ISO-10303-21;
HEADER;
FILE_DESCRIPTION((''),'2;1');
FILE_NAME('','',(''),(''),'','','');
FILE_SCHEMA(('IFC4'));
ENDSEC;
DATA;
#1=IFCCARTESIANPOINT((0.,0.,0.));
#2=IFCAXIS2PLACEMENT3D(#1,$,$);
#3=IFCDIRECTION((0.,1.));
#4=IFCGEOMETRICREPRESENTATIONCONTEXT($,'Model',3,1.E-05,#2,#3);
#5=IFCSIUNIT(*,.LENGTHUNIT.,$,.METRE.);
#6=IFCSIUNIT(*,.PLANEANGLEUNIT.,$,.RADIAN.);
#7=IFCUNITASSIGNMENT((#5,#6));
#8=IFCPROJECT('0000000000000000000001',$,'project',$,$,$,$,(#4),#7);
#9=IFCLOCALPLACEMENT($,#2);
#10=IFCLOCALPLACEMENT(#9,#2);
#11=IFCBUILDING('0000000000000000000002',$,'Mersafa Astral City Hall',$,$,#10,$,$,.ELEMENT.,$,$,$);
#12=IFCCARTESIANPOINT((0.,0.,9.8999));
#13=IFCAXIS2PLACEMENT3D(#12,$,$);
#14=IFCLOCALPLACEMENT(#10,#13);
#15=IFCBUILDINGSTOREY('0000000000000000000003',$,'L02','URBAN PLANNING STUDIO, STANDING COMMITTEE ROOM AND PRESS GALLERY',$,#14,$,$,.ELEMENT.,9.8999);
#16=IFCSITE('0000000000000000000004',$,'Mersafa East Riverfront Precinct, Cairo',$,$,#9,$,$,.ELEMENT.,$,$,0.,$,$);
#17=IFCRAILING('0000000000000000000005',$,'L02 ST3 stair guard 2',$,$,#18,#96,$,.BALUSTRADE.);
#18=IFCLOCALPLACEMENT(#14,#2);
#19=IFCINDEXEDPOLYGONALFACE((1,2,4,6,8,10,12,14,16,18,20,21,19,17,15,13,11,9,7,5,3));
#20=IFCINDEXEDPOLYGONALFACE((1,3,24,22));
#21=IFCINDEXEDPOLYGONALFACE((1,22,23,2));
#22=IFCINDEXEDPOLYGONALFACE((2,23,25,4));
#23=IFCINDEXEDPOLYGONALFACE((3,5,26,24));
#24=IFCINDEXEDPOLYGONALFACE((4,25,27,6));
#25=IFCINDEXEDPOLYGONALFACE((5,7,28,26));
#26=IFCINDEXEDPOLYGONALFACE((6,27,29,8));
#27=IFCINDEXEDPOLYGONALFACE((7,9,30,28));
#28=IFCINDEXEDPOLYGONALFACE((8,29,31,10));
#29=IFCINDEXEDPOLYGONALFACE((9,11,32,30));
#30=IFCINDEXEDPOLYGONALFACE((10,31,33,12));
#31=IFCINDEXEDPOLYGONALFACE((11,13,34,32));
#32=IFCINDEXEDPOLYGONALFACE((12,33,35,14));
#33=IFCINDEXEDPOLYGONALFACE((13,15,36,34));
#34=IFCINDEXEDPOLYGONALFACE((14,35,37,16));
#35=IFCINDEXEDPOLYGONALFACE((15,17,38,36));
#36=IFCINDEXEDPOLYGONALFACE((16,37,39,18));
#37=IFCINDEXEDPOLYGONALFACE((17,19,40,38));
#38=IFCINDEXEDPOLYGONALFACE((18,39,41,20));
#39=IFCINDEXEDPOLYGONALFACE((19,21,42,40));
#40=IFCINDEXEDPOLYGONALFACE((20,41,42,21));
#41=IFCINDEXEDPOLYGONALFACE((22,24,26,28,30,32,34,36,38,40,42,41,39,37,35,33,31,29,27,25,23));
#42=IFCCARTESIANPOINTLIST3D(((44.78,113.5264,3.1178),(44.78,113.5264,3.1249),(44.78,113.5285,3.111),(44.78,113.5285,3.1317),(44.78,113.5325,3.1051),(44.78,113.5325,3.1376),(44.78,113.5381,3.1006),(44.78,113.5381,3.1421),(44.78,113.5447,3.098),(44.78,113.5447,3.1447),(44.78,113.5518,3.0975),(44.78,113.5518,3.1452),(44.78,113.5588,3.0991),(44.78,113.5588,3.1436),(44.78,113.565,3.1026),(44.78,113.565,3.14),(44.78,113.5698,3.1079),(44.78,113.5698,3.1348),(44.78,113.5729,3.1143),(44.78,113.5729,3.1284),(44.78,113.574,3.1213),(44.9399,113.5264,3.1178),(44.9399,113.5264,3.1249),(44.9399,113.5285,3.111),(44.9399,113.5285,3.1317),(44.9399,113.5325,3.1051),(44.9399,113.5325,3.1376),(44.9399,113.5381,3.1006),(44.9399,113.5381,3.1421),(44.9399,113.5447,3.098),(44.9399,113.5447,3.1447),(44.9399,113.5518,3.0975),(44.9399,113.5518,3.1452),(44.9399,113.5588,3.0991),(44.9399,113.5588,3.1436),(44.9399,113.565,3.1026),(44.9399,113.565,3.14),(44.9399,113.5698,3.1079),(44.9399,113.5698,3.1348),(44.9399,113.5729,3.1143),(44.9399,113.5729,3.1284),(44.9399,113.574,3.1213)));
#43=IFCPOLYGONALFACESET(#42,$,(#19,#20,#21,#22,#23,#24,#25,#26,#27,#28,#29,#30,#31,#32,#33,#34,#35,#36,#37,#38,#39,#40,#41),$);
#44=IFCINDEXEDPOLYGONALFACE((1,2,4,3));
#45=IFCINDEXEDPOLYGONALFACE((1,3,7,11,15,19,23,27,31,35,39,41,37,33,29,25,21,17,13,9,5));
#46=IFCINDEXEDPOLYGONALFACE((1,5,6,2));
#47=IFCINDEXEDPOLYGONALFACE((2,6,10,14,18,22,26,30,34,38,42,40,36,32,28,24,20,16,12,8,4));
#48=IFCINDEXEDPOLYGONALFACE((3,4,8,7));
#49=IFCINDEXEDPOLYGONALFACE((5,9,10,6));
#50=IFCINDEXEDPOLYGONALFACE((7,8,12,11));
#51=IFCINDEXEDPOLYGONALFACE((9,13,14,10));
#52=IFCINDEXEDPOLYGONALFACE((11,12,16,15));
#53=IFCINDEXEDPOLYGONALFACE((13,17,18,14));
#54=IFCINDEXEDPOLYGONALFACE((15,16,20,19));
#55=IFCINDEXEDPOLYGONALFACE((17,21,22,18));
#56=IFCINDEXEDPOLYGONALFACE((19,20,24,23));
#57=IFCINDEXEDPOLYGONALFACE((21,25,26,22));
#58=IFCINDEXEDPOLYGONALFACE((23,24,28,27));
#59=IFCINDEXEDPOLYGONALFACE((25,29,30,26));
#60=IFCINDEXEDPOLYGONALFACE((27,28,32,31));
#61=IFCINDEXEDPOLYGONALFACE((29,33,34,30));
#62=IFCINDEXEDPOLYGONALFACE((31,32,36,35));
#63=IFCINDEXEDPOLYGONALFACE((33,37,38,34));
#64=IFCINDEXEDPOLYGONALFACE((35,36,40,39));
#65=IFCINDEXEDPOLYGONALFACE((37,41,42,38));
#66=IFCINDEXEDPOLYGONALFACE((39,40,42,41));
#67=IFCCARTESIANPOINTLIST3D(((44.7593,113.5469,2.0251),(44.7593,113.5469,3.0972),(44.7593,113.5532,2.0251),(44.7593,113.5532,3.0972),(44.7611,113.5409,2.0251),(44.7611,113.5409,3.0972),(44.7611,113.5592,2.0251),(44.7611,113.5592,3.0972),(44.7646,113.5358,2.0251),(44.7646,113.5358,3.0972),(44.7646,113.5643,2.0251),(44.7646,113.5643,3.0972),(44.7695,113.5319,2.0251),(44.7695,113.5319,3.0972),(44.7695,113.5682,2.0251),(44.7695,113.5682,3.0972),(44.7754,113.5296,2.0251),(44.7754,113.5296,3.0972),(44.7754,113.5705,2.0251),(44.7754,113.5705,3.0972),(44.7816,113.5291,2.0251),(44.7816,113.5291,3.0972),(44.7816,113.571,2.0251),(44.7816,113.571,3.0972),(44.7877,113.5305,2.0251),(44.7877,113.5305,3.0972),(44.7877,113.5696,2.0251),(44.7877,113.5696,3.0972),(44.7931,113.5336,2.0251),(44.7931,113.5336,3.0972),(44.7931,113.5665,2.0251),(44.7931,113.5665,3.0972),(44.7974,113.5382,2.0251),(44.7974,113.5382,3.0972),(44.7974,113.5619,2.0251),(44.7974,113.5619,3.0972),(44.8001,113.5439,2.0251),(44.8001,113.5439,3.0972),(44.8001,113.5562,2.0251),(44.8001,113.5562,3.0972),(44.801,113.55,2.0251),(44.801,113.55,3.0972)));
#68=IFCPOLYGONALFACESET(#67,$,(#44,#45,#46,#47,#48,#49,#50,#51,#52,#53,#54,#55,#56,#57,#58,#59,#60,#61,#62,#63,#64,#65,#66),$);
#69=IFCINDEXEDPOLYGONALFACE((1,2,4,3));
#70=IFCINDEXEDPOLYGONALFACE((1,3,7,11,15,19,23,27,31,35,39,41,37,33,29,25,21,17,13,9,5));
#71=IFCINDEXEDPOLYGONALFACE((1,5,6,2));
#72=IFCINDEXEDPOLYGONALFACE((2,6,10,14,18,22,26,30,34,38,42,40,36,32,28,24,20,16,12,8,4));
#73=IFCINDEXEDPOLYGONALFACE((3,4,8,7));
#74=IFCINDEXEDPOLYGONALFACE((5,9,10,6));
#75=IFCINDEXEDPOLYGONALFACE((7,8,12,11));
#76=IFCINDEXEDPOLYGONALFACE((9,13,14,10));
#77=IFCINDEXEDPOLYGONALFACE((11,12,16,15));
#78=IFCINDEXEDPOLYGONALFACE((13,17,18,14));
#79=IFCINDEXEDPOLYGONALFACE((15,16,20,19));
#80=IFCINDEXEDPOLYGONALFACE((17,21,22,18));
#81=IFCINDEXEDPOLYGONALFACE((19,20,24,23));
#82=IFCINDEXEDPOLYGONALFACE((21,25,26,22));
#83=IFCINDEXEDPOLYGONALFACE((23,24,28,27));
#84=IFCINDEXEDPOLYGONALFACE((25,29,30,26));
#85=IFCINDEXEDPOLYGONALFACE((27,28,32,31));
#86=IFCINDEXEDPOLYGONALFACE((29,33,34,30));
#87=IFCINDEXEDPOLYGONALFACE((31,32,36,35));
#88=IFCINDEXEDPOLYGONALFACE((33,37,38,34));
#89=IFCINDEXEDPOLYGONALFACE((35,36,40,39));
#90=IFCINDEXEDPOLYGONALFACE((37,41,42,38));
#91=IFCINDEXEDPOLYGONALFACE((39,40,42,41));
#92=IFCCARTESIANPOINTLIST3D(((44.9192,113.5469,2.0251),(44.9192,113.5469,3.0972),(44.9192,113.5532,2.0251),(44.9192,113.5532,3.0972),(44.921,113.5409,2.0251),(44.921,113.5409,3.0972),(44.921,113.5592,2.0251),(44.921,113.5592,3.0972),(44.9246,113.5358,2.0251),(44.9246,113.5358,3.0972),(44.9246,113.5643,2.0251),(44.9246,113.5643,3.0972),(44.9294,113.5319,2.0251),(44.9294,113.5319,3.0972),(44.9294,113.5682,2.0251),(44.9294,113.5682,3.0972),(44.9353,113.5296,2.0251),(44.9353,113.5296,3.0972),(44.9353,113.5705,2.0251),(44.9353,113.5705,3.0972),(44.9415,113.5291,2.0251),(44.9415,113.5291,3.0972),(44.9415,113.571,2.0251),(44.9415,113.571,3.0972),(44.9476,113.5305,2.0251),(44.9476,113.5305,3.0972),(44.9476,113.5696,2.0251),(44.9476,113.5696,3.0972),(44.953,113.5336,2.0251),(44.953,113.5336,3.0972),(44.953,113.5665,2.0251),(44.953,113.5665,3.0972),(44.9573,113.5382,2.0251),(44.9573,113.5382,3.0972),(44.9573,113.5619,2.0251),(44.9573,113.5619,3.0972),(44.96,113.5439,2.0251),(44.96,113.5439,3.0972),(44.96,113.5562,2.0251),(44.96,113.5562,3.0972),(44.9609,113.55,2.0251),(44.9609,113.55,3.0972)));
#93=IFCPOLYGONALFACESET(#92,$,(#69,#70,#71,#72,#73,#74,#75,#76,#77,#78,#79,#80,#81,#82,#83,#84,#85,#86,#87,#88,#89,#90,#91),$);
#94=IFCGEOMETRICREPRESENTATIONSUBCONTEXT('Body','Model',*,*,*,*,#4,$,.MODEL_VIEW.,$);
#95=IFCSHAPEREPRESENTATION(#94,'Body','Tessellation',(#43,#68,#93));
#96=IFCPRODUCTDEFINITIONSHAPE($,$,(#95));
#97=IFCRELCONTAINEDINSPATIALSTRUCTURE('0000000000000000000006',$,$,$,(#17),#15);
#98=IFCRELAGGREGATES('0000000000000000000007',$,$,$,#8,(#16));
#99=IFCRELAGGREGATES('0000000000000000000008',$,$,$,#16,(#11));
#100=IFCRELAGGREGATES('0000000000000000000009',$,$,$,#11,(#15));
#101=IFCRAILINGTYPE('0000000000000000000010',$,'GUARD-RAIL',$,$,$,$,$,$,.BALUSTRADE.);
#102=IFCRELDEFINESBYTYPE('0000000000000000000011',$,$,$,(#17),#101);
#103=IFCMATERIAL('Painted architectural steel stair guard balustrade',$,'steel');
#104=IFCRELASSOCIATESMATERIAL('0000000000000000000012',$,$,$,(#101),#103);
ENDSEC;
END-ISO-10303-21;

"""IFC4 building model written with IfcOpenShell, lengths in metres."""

from ifc_helpers import new_model, si_unit, direction, frame, origin, origin_2d, place, context, subcontext, project, spatial, circle, extrude, material, type_object, element, save


model = new_model("IFC4")

# Units and contexts
model_context = context("Model", 3, precision=1e-05, world=origin(), true_north=direction((0.0, 1.0)))
body_context = subcontext(model_context, "Body", "Model", "MODEL_VIEW")
ifc_project = project(units=[si_unit("LENGTHUNIT", "METRE"), si_unit("PLANEANGLEUNIT", "RADIAN")], contexts=[model_context])

# Site, building, storey
site_placement = place(None, origin())
site = spatial("IfcSite", under=ifc_project, at=site_placement, Name="Mersafa East Riverfront Precinct, Cairo", CompositionType="ELEMENT", RefElevation=0.0)
building_placement = place(site_placement, origin())
building = spatial("IfcBuilding", under=site, at=building_placement, Name="Mersafa Astral City Hall", CompositionType="ELEMENT")
storey_placement = place(building_placement, frame((0.0, 0.0, 9.8999)))
storey = spatial("IfcBuildingStorey", under=building, at=storey_placement, Name="L02", Description="URBAN PLANNING STUDIO, STANDING COMMITTEE ROOM AND PRESS GALLERY", CompositionType="ELEMENT", Elevation=9.8999)

# Railing
ifc_material_1 = material(Name="Painted architectural steel stair guard balustrade", Category="steel")
railing_type_1 = type_object("IfcRailingType", Name="GUARD-RAIL", PredefinedType="BALUSTRADE", material=ifc_material_1)
railing_1_placement = place(storey_placement, frame((44.78, 113.55, 2.0251)))
element("IfcRailing", 1, at=railing_1_placement, inside=storey, type_object=railing_type_1, Name="L02 ST3 stair guard 2", PredefinedType="BALUSTRADE", context=body_context, shape_type="SweptSolid", body=[
    extrude(circle(Radius=0.0239, at=origin_2d()), frame((0.0, 0.0, 1.0962), z_axis=(1.0, 0.0, 0.0), x_axis=(0.0, 1.0, 0.0)), (0.0, 0.0, 1.0), 0.1599),
    extrude(circle(Radius=0.021, at=origin_2d()), origin(), (0.0, 0.0, 1.0), 1.072),
    extrude(circle(Radius=0.021, at=origin_2d()), frame((0.1599, 0.0, 0.0)), (0.0, 0.0, 1.0), 1.072),
])

save(model, "model.ifc")
